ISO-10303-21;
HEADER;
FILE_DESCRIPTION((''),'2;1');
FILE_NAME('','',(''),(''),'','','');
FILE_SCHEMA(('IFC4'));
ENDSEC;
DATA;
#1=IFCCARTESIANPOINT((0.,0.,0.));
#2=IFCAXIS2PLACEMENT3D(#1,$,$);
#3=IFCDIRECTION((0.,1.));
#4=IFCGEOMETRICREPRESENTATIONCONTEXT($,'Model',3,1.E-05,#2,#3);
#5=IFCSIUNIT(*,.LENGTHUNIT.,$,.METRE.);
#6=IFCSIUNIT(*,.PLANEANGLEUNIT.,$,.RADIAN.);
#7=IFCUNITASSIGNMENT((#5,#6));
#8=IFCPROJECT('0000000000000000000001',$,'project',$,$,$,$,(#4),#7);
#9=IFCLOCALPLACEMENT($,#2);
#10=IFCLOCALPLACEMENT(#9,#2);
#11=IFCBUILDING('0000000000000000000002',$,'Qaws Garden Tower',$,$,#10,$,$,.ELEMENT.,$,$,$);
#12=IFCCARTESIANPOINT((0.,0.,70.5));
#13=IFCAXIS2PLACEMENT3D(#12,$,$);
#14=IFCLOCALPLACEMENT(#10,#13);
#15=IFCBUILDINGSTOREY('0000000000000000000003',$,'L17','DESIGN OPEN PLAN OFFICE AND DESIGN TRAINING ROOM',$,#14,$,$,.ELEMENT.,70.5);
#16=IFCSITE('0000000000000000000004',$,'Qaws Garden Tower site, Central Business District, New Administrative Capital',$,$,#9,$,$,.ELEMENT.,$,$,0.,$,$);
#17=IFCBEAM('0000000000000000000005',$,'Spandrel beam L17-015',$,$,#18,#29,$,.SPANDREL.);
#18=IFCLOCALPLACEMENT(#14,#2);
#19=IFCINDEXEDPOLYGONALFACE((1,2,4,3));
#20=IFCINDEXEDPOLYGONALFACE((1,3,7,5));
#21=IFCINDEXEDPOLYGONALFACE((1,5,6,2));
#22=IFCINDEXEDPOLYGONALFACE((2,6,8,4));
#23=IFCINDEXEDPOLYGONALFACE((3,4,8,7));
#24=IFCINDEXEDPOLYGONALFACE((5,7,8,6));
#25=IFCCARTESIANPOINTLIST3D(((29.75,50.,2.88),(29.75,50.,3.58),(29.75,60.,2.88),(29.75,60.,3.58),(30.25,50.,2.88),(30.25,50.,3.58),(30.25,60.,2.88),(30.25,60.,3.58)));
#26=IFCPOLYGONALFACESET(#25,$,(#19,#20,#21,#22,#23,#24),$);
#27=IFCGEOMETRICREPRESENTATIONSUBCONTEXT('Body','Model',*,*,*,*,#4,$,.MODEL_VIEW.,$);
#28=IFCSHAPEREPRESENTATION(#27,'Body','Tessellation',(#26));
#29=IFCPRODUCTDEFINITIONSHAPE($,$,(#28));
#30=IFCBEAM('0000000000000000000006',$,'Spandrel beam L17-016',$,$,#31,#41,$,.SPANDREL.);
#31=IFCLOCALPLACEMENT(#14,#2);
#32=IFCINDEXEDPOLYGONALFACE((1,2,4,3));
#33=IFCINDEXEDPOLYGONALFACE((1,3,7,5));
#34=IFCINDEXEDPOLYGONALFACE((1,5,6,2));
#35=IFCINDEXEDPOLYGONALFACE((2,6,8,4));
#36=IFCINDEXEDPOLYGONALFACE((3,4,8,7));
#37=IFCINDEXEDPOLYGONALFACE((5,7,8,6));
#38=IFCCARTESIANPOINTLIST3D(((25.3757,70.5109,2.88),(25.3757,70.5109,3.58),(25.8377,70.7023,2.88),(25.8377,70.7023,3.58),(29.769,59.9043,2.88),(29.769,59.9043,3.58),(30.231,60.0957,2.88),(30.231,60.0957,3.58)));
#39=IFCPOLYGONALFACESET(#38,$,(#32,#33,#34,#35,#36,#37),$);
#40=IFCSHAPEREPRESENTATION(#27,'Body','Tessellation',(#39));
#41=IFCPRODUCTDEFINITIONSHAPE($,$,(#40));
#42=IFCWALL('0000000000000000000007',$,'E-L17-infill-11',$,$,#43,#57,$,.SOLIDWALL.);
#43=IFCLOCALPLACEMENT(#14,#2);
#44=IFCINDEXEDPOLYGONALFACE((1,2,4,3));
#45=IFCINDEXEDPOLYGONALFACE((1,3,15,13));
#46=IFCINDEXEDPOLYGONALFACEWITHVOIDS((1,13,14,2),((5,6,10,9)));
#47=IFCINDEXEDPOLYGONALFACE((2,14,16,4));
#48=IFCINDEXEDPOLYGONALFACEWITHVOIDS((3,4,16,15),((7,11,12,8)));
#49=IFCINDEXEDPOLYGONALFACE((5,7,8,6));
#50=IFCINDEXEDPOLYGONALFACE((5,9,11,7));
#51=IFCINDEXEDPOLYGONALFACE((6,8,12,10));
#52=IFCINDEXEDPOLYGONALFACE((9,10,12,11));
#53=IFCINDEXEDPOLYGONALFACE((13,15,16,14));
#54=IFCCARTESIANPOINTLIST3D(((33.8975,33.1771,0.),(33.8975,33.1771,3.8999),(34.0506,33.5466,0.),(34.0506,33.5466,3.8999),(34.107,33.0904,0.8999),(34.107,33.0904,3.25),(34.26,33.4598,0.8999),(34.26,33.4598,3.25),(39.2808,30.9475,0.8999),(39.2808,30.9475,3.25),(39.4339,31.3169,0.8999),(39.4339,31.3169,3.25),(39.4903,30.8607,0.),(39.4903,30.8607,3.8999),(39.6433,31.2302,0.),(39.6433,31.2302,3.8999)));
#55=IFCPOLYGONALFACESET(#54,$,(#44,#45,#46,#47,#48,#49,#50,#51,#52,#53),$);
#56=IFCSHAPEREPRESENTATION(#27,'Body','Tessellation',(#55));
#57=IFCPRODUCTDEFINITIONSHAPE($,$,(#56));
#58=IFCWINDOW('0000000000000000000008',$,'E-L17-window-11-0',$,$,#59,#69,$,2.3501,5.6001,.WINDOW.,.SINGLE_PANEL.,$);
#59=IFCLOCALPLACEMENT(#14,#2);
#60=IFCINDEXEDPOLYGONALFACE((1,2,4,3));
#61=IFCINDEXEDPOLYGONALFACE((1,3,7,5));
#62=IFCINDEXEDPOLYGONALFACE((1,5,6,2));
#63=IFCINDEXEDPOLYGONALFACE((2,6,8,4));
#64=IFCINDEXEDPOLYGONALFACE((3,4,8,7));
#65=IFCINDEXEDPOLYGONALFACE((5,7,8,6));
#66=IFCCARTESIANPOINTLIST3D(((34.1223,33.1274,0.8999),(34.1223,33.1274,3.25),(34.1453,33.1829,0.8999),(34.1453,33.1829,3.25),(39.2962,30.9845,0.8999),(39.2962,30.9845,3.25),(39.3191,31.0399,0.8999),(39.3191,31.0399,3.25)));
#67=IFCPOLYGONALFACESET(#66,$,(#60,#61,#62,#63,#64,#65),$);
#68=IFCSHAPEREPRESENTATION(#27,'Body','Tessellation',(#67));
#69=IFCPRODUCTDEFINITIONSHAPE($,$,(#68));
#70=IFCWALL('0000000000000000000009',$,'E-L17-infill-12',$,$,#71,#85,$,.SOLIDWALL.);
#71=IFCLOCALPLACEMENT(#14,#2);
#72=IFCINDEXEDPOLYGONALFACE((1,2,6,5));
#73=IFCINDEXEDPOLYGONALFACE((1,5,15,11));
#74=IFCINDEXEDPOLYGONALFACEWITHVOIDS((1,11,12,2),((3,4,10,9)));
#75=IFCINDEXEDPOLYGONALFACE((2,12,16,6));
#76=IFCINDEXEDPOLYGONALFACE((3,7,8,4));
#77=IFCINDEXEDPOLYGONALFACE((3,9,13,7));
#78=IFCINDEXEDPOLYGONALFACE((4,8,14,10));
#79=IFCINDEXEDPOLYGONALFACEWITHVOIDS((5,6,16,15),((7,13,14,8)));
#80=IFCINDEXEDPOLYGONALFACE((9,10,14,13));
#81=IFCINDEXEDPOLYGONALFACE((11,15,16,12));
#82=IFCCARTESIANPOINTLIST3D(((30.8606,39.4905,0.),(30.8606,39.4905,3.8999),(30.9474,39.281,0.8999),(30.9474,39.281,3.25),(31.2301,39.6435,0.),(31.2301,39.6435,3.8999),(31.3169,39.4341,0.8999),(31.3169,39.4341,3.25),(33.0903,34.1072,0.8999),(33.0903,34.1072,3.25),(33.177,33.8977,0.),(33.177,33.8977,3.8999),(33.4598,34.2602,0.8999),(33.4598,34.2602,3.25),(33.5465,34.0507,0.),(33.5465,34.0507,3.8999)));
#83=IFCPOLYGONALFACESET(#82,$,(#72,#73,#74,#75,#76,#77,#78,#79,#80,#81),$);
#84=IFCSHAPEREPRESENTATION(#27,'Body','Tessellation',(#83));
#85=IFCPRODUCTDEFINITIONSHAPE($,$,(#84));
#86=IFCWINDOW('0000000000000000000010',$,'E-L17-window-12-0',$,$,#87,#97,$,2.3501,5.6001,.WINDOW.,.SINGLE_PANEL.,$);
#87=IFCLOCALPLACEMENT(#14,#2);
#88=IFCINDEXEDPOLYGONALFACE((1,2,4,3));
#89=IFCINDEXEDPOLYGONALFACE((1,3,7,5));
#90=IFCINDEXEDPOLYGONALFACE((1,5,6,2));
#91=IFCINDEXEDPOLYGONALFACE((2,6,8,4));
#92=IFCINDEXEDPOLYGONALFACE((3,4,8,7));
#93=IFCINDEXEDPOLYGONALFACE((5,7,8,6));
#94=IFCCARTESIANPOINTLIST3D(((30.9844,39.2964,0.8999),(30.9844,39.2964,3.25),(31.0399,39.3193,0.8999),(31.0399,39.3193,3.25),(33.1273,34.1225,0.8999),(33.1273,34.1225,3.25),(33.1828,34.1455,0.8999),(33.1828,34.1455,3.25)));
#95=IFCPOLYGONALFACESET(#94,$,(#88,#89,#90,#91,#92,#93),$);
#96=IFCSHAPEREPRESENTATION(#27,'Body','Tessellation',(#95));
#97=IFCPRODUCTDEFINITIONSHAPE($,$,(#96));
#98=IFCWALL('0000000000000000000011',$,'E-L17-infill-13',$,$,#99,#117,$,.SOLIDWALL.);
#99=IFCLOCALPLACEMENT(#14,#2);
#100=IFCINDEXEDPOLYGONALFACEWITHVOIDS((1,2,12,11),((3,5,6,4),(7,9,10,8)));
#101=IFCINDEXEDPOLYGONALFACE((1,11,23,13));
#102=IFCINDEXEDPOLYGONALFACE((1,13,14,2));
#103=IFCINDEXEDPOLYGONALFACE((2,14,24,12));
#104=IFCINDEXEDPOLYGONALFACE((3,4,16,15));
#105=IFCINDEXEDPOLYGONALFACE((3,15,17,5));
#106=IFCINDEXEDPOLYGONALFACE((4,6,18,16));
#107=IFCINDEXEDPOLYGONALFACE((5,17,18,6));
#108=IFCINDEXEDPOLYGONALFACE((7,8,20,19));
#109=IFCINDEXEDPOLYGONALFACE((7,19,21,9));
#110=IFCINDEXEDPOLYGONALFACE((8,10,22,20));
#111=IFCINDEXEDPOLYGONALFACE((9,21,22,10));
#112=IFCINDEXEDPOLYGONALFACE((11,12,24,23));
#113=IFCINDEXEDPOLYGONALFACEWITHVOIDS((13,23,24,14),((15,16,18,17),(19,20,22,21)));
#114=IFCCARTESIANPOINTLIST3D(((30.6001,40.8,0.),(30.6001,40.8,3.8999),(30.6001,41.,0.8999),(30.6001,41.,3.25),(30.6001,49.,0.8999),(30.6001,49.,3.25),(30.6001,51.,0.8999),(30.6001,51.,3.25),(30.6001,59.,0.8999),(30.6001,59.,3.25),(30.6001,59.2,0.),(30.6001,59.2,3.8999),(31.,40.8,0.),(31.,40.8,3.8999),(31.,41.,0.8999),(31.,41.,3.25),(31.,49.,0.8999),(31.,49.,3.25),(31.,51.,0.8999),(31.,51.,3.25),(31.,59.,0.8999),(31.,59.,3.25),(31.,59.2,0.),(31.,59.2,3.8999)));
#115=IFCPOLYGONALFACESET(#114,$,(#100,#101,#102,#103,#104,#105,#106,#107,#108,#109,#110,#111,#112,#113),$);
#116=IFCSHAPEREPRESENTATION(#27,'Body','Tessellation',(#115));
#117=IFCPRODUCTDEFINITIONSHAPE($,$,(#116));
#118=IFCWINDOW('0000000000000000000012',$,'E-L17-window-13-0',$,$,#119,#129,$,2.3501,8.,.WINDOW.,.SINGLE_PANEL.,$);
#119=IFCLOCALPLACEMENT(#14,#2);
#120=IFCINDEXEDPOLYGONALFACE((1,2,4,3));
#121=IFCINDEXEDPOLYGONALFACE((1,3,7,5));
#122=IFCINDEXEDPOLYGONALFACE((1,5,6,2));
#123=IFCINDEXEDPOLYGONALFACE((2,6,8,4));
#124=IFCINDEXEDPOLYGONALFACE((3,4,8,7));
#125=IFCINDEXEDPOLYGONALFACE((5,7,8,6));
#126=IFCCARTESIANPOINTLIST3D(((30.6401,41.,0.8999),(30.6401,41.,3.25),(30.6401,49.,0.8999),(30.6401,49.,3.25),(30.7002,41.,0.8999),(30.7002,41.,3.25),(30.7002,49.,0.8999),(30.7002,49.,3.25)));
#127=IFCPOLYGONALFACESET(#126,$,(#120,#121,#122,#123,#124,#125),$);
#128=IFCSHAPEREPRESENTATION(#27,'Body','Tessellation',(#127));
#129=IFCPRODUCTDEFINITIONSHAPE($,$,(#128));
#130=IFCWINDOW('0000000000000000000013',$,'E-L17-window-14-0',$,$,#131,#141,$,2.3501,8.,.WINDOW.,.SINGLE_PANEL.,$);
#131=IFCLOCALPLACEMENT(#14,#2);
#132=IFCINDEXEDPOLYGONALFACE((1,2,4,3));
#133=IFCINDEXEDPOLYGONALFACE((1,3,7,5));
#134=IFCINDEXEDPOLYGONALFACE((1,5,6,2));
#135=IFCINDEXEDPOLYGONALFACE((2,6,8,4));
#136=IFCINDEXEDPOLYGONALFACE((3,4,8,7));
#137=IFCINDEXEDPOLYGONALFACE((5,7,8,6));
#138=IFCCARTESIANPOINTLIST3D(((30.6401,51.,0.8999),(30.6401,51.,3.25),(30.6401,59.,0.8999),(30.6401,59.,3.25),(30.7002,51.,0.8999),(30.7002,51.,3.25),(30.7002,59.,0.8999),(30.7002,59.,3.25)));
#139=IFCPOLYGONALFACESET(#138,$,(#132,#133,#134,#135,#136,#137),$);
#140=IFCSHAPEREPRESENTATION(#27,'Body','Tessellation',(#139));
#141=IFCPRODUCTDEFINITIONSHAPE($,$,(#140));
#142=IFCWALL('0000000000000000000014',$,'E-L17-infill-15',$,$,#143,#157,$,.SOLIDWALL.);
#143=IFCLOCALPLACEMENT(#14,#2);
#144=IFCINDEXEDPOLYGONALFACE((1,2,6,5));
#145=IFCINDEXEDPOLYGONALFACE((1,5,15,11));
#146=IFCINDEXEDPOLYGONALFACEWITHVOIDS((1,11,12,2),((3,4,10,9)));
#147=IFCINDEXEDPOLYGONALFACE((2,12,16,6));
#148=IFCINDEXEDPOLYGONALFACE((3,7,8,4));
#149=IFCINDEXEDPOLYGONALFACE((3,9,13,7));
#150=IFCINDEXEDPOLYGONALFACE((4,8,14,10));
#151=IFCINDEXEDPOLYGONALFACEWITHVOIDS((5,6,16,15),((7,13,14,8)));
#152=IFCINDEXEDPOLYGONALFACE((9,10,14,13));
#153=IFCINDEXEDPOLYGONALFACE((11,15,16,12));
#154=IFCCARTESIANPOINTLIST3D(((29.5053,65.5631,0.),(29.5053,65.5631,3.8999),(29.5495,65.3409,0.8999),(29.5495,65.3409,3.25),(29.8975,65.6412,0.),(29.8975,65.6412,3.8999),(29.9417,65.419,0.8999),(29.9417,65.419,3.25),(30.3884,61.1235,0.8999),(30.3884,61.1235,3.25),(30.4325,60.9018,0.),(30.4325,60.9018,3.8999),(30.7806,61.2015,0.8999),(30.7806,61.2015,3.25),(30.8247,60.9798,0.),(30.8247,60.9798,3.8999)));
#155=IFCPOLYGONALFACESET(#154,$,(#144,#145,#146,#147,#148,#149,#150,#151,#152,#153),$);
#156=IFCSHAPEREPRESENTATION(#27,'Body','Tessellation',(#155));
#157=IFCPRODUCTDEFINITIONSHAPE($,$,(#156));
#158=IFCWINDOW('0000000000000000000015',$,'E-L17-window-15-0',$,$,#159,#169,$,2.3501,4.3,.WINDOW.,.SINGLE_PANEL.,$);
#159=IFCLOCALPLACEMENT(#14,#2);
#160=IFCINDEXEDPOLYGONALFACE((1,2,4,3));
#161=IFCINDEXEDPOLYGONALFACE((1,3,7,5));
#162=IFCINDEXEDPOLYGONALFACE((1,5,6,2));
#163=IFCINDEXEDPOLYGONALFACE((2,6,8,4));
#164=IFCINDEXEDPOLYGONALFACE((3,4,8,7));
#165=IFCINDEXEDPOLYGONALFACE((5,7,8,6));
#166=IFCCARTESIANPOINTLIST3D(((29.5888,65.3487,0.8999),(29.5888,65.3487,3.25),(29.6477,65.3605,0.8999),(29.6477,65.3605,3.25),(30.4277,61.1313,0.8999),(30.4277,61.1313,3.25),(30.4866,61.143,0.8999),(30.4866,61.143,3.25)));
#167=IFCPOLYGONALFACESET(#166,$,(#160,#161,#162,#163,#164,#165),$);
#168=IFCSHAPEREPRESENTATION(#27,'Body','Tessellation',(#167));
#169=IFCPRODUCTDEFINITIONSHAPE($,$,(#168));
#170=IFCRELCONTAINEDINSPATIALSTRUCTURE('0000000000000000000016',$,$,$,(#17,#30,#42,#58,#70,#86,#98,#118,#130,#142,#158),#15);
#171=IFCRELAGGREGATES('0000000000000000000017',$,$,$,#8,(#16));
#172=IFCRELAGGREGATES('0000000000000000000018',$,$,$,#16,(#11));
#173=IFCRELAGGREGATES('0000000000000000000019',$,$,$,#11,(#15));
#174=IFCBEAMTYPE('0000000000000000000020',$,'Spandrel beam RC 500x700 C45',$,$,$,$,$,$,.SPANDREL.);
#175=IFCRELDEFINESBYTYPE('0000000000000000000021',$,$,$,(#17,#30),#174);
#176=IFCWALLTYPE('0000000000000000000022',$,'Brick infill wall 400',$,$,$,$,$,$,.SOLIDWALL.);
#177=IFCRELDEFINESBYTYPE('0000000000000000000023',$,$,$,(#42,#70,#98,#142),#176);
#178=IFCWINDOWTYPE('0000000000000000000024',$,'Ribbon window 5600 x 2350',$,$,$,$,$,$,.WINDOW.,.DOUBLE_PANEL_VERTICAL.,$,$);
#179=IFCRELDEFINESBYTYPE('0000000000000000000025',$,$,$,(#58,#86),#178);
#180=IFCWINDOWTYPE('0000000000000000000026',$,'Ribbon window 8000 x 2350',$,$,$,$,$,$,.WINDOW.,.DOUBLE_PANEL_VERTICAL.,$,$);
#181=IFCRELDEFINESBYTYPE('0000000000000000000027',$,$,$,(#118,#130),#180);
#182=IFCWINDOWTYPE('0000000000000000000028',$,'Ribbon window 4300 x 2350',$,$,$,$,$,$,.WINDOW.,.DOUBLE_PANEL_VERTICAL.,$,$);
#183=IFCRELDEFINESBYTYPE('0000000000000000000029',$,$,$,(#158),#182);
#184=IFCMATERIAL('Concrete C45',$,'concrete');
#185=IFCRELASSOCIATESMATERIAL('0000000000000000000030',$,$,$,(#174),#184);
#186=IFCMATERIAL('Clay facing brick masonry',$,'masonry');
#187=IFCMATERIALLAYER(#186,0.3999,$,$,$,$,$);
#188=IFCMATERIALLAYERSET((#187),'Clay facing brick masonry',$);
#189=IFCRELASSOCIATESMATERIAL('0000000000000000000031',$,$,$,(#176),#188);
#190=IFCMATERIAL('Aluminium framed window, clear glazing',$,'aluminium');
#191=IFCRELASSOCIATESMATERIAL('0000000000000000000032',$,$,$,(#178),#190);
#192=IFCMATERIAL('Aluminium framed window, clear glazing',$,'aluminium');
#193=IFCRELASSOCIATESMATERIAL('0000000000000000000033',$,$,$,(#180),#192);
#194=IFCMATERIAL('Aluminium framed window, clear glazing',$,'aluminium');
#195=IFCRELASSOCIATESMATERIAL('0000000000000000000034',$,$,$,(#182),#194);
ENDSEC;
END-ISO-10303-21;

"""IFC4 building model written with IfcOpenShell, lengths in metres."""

from ifc_helpers import new_model, si_unit, direction, frame, frame_2d, origin, origin_2d, place, context, subcontext, project, spatial, rectangle, extrude, material, layer, layer_set, material_profile, profile_set, type_object, element, fill, save


model = new_model("IFC4")

# Units and contexts
model_context = context("Model", 3, precision=1e-05, world=origin(), true_north=direction((0.0, 1.0)))
body_context = subcontext(model_context, "Body", "Model", "MODEL_VIEW")
ifc_project = project(units=[si_unit("LENGTHUNIT", "METRE"), si_unit("PLANEANGLEUNIT", "RADIAN")], contexts=[model_context])

# Site, building, storey
site_placement = place(None, origin())
site = spatial("IfcSite", under=ifc_project, at=site_placement, Name="Qaws Garden Tower site, Central Business District, New Administrative Capital", CompositionType="ELEMENT", RefElevation=0.0)
building_placement = place(site_placement, origin())
building = spatial("IfcBuilding", under=site, at=building_placement, Name="Qaws Garden Tower", CompositionType="ELEMENT")
storey_placement = place(building_placement, frame((0.0, 0.0, 70.5)))
storey = spatial("IfcBuildingStorey", under=building, at=storey_placement, Name="L17", Description="DESIGN OPEN PLAN OFFICE AND DESIGN TRAINING ROOM", CompositionType="ELEMENT", Elevation=70.5)

# Beams
ifc_material_1 = material(Name="Concrete C45", Category="concrete")
ifc_material_profile_1 = material_profile(ifc_material_1, rectangle(XDim=0.5, YDim=0.7, at=origin_2d()), Name="RC 500x700")
ifc_profile_set_1 = profile_set([ifc_material_profile_1], Name="Concrete C45")
beam_type = type_object("IfcBeamType", Name="Spandrel beam RC 500x700 C45", PredefinedType="SPANDREL", material=ifc_profile_set_1)
beam_1_placement = place(storey_placement, frame((30.0, 50.0, 3.23), z_axis=(0.0, 1.0, 0.0), x_axis=(-1.0, 0.0, 0.0)))
element("IfcBeam", 1, at=beam_1_placement, inside=storey, type_object=beam_type, Name="Spandrel beam L17-015", PredefinedType="SPANDREL", context=body_context, shape_type="SweptSolid", body=[
    extrude(rectangle(XDim=0.5, YDim=0.7, at=origin_2d()), origin(), (0.0, 0.0, 1.0), 10.0),
])
beam_2_placement = place(storey_placement, frame((30.0, 60.0, 3.23), z_axis=(-0.382674, 0.923883, 0.0), x_axis=(-0.923883, -0.382674, 0.0)))
element("IfcBeam", 2, at=beam_2_placement, inside=storey, type_object=beam_type, Name="Spandrel beam L17-016", PredefinedType="SPANDREL", context=body_context, shape_type="SweptSolid", body=[
    extrude(rectangle(XDim=0.5, YDim=0.7, at=origin_2d()), origin(), (0.0, 0.0, 1.0), 11.4805),
])

# Walls, openings, windows
ifc_material_2 = material(Name="Clay facing brick masonry", Category="masonry")
ifc_layer_1 = layer(ifc_material_2, 0.3999)
ifc_layer_set_1 = layer_set([ifc_layer_1], Name="Clay facing brick masonry")
wall_type_1 = type_object("IfcWallType", Name="Brick infill wall 400", PredefinedType="SOLIDWALL", material=ifc_layer_set_1)
wall_1_placement = place(storey_placement, frame((39.5669, 31.0454, 0.0), z_axis=(0.0, 0.0, 1.0), x_axis=(-0.923891, 0.382656, 0.0)))
wall_1 = element("IfcWall", 3, at=wall_1_placement, inside=storey, type_object=wall_type_1, Name="E-L17-infill-11", PredefinedType="SOLIDWALL", context=body_context, shape_type="SweptSolid", body=[
    extrude(rectangle(XDim=6.0535, YDim=0.3999, at=frame_2d((3.0269, 0.0))), origin(), (0.0, 0.0, 1.0), 3.8999),
])
opening_1_placement = place(wall_1_placement, frame((0.2268, 0.0, 0.8999)))
opening_1 = element("IfcOpeningElement", 4, at=opening_1_placement, cuts=wall_1, PredefinedType="OPENING", context=body_context, shape_type="SweptSolid", body=[
    extrude(rectangle(XDim=5.6001, YDim=2.3501, at=frame_2d((2.8, 1.175))), frame((0.0, 0.21, 0.0), z_axis=(0.0, -1.0, 0.0), x_axis=(1.0, 0.0, 0.0)), (0.0, 0.0, 1.0), 0.4199),
])
ifc_material_3 = material(Name="Aluminium framed window, clear glazing", Category="aluminium")
window_type_1 = type_object("IfcWindowType", Name="Ribbon window 5600 x 2350", PartitioningType="DOUBLE_PANEL_VERTICAL", PredefinedType="WINDOW", material=ifc_material_3)
window_1_placement = place(opening_1_placement, origin())
window_1 = element("IfcWindow", 5, at=window_1_placement, inside=storey, type_object=window_type_1, Name="E-L17-window-11-0", OverallHeight=2.3501, OverallWidth=5.6001, PartitioningType="SINGLE_PANEL", PredefinedType="WINDOW", context=body_context, shape_type="SweptSolid", body=[
    extrude(rectangle(XDim=5.6001, YDim=2.3501, at=frame_2d((2.8, 1.175))), frame((0.0, 0.1599, 0.0), z_axis=(0.0, -1.0, 0.0), x_axis=(1.0, 0.0, 0.0)), (0.0, 0.0, 1.0), 0.0601),
])
fill(opening_1, window_1)
wall_2_placement = place(storey_placement, frame((33.3618, 33.9741, 0.0), z_axis=(0.0, 0.0, 1.0), x_axis=(-0.382656, 0.923891, 0.0)))
wall_2 = element("IfcWall", 6, at=wall_2_placement, inside=storey, type_object=wall_type_1, Name="E-L17-infill-12", PredefinedType="SOLIDWALL", context=body_context, shape_type="SweptSolid", body=[
    extrude(rectangle(XDim=6.0535, YDim=0.3999, at=frame_2d((3.0269, 0.0))), origin(), (0.0, 0.0, 1.0), 3.8999),
])
opening_2_placement = place(wall_2_placement, frame((0.2268, 0.0, 0.8999)))
opening_2 = element("IfcOpeningElement", 7, at=opening_2_placement, cuts=wall_2, PredefinedType="OPENING", context=body_context, shape_type="SweptSolid", body=[
    extrude(rectangle(XDim=5.6001, YDim=2.3501, at=frame_2d((2.8, 1.175))), frame((0.0, 0.21, 0.0), z_axis=(0.0, -1.0, 0.0), x_axis=(1.0, 0.0, 0.0)), (0.0, 0.0, 1.0), 0.4199),
])
window_2_placement = place(opening_2_placement, origin())
window_2 = element("IfcWindow", 8, at=window_2_placement, inside=storey, type_object=window_type_1, Name="E-L17-window-12-0", OverallHeight=2.3501, OverallWidth=5.6001, PartitioningType="SINGLE_PANEL", PredefinedType="WINDOW", context=body_context, shape_type="SweptSolid", body=[
    extrude(rectangle(XDim=5.6001, YDim=2.3501, at=frame_2d((2.8, 1.175))), frame((0.0, 0.1599, 0.0), z_axis=(0.0, -1.0, 0.0), x_axis=(1.0, 0.0, 0.0)), (0.0, 0.0, 1.0), 0.0601),
])
fill(opening_2, window_2)

# Wall, openings, windows
wall_3_placement = place(storey_placement, frame((30.8, 40.8, 0.0), z_axis=(0.0, 0.0, 1.0), x_axis=(0.0, 1.0, 0.0)))
wall_3 = element("IfcWall", 9, at=wall_3_placement, inside=storey, type_object=wall_type_1, Name="E-L17-infill-13", PredefinedType="SOLIDWALL", context=body_context, shape_type="SweptSolid", body=[
    extrude(rectangle(XDim=18.3999, YDim=0.3999, at=frame_2d((9.2, 0.0))), origin(), (0.0, 0.0, 1.0), 3.8999),
])
opening_3_placement = place(wall_3_placement, frame((0.2, 0.0, 0.8999)))
opening_3 = element("IfcOpeningElement", 10, at=opening_3_placement, cuts=wall_3, PredefinedType="OPENING", context=body_context, shape_type="SweptSolid", body=[
    extrude(rectangle(XDim=8.0, YDim=2.3501, at=frame_2d((4.0, 1.175))), frame((0.0, 0.21, 0.0), z_axis=(0.0, -1.0, 0.0), x_axis=(1.0, 0.0, 0.0)), (0.0, 0.0, 1.0), 0.4199),
])
opening_4_placement = place(wall_3_placement, frame((10.2, 0.0, 0.8999)))
opening_4 = element("IfcOpeningElement", 11, at=opening_4_placement, cuts=wall_3, PredefinedType="OPENING", context=body_context, shape_type="SweptSolid", body=[
    extrude(rectangle(XDim=8.0, YDim=2.3501, at=frame_2d((4.0, 1.175))), frame((0.0, 0.21, 0.0), z_axis=(0.0, -1.0, 0.0), x_axis=(1.0, 0.0, 0.0)), (0.0, 0.0, 1.0), 0.4199),
])
ifc_material_4 = material(Name="Aluminium framed window, clear glazing", Category="aluminium")
window_type_2 = type_object("IfcWindowType", Name="Ribbon window 8000 x 2350", PartitioningType="DOUBLE_PANEL_VERTICAL", PredefinedType="WINDOW", material=ifc_material_4)
window_3_placement = place(opening_3_placement, origin())
window_3 = element("IfcWindow", 12, at=window_3_placement, inside=storey, type_object=window_type_2, Name="E-L17-window-13-0", OverallHeight=2.3501, OverallWidth=8.0, PartitioningType="SINGLE_PANEL", PredefinedType="WINDOW", context=body_context, shape_type="SweptSolid", body=[
    extrude(rectangle(XDim=8.0, YDim=2.3501, at=frame_2d((4.0, 1.175))), frame((0.0, 0.1599, 0.0), z_axis=(0.0, -1.0, 0.0), x_axis=(1.0, 0.0, 0.0)), (0.0, 0.0, 1.0), 0.0601),
])
fill(opening_3, window_3)
window_4_placement = place(opening_4_placement, origin())
window_4 = element("IfcWindow", 13, at=window_4_placement, inside=storey, type_object=window_type_2, Name="E-L17-window-14-0", OverallHeight=2.3501, OverallWidth=8.0, PartitioningType="SINGLE_PANEL", PredefinedType="WINDOW", context=body_context, shape_type="SweptSolid", body=[
    extrude(rectangle(XDim=8.0, YDim=2.3501, at=frame_2d((4.0, 1.175))), frame((0.0, 0.1599, 0.0), z_axis=(0.0, -1.0, 0.0), x_axis=(1.0, 0.0, 0.0)), (0.0, 0.0, 1.0), 0.0601),
])
fill(opening_4, window_4)

# Wall, opening, window
wall_4_placement = place(storey_placement, frame((30.6287, 60.9407, 0.0), z_axis=(0.0, 0.0, 1.0), x_axis=(-0.195099, 0.980784, 0.0)))
wall_4 = element("IfcWall", 14, at=wall_4_placement, inside=storey, type_object=wall_type_1, Name="E-L17-infill-15", PredefinedType="SOLIDWALL", context=body_context, shape_type="SweptSolid", body=[
    extrude(rectangle(XDim=4.7527, YDim=0.3999, at=frame_2d((2.3765, 0.0))), origin(), (0.0, 0.0, 1.0), 3.8999),
])
opening_5_placement = place(wall_4_placement, frame((0.2263, 0.0, 0.8999)))
opening_5 = element("IfcOpeningElement", 15, at=opening_5_placement, cuts=wall_4, PredefinedType="OPENING", context=body_context, shape_type="SweptSolid", body=[
    extrude(rectangle(XDim=4.3, YDim=2.3501, at=frame_2d((2.1499, 1.175))), frame((0.0, 0.21, 0.0), z_axis=(0.0, -1.0, 0.0), x_axis=(1.0, 0.0, 0.0)), (0.0, 0.0, 1.0), 0.4199),
])
ifc_material_5 = material(Name="Aluminium framed window, clear glazing", Category="aluminium")
window_type_3 = type_object("IfcWindowType", Name="Ribbon window 4300 x 2350", PartitioningType="DOUBLE_PANEL_VERTICAL", PredefinedType="WINDOW", material=ifc_material_5)
window_5_placement = place(opening_5_placement, origin())
window_5 = element("IfcWindow", 16, at=window_5_placement, inside=storey, type_object=window_type_3, Name="E-L17-window-15-0", OverallHeight=2.3501, OverallWidth=4.3, PartitioningType="SINGLE_PANEL", PredefinedType="WINDOW", context=body_context, shape_type="SweptSolid", body=[
    extrude(rectangle(XDim=4.3, YDim=2.3501, at=frame_2d((2.1499, 1.175))), frame((0.0, 0.1599, 0.0), z_axis=(0.0, -1.0, 0.0), x_axis=(1.0, 0.0, 0.0)), (0.0, 0.0, 1.0), 0.0601),
])
fill(opening_5, window_5)

save(model, "model.ifc")
